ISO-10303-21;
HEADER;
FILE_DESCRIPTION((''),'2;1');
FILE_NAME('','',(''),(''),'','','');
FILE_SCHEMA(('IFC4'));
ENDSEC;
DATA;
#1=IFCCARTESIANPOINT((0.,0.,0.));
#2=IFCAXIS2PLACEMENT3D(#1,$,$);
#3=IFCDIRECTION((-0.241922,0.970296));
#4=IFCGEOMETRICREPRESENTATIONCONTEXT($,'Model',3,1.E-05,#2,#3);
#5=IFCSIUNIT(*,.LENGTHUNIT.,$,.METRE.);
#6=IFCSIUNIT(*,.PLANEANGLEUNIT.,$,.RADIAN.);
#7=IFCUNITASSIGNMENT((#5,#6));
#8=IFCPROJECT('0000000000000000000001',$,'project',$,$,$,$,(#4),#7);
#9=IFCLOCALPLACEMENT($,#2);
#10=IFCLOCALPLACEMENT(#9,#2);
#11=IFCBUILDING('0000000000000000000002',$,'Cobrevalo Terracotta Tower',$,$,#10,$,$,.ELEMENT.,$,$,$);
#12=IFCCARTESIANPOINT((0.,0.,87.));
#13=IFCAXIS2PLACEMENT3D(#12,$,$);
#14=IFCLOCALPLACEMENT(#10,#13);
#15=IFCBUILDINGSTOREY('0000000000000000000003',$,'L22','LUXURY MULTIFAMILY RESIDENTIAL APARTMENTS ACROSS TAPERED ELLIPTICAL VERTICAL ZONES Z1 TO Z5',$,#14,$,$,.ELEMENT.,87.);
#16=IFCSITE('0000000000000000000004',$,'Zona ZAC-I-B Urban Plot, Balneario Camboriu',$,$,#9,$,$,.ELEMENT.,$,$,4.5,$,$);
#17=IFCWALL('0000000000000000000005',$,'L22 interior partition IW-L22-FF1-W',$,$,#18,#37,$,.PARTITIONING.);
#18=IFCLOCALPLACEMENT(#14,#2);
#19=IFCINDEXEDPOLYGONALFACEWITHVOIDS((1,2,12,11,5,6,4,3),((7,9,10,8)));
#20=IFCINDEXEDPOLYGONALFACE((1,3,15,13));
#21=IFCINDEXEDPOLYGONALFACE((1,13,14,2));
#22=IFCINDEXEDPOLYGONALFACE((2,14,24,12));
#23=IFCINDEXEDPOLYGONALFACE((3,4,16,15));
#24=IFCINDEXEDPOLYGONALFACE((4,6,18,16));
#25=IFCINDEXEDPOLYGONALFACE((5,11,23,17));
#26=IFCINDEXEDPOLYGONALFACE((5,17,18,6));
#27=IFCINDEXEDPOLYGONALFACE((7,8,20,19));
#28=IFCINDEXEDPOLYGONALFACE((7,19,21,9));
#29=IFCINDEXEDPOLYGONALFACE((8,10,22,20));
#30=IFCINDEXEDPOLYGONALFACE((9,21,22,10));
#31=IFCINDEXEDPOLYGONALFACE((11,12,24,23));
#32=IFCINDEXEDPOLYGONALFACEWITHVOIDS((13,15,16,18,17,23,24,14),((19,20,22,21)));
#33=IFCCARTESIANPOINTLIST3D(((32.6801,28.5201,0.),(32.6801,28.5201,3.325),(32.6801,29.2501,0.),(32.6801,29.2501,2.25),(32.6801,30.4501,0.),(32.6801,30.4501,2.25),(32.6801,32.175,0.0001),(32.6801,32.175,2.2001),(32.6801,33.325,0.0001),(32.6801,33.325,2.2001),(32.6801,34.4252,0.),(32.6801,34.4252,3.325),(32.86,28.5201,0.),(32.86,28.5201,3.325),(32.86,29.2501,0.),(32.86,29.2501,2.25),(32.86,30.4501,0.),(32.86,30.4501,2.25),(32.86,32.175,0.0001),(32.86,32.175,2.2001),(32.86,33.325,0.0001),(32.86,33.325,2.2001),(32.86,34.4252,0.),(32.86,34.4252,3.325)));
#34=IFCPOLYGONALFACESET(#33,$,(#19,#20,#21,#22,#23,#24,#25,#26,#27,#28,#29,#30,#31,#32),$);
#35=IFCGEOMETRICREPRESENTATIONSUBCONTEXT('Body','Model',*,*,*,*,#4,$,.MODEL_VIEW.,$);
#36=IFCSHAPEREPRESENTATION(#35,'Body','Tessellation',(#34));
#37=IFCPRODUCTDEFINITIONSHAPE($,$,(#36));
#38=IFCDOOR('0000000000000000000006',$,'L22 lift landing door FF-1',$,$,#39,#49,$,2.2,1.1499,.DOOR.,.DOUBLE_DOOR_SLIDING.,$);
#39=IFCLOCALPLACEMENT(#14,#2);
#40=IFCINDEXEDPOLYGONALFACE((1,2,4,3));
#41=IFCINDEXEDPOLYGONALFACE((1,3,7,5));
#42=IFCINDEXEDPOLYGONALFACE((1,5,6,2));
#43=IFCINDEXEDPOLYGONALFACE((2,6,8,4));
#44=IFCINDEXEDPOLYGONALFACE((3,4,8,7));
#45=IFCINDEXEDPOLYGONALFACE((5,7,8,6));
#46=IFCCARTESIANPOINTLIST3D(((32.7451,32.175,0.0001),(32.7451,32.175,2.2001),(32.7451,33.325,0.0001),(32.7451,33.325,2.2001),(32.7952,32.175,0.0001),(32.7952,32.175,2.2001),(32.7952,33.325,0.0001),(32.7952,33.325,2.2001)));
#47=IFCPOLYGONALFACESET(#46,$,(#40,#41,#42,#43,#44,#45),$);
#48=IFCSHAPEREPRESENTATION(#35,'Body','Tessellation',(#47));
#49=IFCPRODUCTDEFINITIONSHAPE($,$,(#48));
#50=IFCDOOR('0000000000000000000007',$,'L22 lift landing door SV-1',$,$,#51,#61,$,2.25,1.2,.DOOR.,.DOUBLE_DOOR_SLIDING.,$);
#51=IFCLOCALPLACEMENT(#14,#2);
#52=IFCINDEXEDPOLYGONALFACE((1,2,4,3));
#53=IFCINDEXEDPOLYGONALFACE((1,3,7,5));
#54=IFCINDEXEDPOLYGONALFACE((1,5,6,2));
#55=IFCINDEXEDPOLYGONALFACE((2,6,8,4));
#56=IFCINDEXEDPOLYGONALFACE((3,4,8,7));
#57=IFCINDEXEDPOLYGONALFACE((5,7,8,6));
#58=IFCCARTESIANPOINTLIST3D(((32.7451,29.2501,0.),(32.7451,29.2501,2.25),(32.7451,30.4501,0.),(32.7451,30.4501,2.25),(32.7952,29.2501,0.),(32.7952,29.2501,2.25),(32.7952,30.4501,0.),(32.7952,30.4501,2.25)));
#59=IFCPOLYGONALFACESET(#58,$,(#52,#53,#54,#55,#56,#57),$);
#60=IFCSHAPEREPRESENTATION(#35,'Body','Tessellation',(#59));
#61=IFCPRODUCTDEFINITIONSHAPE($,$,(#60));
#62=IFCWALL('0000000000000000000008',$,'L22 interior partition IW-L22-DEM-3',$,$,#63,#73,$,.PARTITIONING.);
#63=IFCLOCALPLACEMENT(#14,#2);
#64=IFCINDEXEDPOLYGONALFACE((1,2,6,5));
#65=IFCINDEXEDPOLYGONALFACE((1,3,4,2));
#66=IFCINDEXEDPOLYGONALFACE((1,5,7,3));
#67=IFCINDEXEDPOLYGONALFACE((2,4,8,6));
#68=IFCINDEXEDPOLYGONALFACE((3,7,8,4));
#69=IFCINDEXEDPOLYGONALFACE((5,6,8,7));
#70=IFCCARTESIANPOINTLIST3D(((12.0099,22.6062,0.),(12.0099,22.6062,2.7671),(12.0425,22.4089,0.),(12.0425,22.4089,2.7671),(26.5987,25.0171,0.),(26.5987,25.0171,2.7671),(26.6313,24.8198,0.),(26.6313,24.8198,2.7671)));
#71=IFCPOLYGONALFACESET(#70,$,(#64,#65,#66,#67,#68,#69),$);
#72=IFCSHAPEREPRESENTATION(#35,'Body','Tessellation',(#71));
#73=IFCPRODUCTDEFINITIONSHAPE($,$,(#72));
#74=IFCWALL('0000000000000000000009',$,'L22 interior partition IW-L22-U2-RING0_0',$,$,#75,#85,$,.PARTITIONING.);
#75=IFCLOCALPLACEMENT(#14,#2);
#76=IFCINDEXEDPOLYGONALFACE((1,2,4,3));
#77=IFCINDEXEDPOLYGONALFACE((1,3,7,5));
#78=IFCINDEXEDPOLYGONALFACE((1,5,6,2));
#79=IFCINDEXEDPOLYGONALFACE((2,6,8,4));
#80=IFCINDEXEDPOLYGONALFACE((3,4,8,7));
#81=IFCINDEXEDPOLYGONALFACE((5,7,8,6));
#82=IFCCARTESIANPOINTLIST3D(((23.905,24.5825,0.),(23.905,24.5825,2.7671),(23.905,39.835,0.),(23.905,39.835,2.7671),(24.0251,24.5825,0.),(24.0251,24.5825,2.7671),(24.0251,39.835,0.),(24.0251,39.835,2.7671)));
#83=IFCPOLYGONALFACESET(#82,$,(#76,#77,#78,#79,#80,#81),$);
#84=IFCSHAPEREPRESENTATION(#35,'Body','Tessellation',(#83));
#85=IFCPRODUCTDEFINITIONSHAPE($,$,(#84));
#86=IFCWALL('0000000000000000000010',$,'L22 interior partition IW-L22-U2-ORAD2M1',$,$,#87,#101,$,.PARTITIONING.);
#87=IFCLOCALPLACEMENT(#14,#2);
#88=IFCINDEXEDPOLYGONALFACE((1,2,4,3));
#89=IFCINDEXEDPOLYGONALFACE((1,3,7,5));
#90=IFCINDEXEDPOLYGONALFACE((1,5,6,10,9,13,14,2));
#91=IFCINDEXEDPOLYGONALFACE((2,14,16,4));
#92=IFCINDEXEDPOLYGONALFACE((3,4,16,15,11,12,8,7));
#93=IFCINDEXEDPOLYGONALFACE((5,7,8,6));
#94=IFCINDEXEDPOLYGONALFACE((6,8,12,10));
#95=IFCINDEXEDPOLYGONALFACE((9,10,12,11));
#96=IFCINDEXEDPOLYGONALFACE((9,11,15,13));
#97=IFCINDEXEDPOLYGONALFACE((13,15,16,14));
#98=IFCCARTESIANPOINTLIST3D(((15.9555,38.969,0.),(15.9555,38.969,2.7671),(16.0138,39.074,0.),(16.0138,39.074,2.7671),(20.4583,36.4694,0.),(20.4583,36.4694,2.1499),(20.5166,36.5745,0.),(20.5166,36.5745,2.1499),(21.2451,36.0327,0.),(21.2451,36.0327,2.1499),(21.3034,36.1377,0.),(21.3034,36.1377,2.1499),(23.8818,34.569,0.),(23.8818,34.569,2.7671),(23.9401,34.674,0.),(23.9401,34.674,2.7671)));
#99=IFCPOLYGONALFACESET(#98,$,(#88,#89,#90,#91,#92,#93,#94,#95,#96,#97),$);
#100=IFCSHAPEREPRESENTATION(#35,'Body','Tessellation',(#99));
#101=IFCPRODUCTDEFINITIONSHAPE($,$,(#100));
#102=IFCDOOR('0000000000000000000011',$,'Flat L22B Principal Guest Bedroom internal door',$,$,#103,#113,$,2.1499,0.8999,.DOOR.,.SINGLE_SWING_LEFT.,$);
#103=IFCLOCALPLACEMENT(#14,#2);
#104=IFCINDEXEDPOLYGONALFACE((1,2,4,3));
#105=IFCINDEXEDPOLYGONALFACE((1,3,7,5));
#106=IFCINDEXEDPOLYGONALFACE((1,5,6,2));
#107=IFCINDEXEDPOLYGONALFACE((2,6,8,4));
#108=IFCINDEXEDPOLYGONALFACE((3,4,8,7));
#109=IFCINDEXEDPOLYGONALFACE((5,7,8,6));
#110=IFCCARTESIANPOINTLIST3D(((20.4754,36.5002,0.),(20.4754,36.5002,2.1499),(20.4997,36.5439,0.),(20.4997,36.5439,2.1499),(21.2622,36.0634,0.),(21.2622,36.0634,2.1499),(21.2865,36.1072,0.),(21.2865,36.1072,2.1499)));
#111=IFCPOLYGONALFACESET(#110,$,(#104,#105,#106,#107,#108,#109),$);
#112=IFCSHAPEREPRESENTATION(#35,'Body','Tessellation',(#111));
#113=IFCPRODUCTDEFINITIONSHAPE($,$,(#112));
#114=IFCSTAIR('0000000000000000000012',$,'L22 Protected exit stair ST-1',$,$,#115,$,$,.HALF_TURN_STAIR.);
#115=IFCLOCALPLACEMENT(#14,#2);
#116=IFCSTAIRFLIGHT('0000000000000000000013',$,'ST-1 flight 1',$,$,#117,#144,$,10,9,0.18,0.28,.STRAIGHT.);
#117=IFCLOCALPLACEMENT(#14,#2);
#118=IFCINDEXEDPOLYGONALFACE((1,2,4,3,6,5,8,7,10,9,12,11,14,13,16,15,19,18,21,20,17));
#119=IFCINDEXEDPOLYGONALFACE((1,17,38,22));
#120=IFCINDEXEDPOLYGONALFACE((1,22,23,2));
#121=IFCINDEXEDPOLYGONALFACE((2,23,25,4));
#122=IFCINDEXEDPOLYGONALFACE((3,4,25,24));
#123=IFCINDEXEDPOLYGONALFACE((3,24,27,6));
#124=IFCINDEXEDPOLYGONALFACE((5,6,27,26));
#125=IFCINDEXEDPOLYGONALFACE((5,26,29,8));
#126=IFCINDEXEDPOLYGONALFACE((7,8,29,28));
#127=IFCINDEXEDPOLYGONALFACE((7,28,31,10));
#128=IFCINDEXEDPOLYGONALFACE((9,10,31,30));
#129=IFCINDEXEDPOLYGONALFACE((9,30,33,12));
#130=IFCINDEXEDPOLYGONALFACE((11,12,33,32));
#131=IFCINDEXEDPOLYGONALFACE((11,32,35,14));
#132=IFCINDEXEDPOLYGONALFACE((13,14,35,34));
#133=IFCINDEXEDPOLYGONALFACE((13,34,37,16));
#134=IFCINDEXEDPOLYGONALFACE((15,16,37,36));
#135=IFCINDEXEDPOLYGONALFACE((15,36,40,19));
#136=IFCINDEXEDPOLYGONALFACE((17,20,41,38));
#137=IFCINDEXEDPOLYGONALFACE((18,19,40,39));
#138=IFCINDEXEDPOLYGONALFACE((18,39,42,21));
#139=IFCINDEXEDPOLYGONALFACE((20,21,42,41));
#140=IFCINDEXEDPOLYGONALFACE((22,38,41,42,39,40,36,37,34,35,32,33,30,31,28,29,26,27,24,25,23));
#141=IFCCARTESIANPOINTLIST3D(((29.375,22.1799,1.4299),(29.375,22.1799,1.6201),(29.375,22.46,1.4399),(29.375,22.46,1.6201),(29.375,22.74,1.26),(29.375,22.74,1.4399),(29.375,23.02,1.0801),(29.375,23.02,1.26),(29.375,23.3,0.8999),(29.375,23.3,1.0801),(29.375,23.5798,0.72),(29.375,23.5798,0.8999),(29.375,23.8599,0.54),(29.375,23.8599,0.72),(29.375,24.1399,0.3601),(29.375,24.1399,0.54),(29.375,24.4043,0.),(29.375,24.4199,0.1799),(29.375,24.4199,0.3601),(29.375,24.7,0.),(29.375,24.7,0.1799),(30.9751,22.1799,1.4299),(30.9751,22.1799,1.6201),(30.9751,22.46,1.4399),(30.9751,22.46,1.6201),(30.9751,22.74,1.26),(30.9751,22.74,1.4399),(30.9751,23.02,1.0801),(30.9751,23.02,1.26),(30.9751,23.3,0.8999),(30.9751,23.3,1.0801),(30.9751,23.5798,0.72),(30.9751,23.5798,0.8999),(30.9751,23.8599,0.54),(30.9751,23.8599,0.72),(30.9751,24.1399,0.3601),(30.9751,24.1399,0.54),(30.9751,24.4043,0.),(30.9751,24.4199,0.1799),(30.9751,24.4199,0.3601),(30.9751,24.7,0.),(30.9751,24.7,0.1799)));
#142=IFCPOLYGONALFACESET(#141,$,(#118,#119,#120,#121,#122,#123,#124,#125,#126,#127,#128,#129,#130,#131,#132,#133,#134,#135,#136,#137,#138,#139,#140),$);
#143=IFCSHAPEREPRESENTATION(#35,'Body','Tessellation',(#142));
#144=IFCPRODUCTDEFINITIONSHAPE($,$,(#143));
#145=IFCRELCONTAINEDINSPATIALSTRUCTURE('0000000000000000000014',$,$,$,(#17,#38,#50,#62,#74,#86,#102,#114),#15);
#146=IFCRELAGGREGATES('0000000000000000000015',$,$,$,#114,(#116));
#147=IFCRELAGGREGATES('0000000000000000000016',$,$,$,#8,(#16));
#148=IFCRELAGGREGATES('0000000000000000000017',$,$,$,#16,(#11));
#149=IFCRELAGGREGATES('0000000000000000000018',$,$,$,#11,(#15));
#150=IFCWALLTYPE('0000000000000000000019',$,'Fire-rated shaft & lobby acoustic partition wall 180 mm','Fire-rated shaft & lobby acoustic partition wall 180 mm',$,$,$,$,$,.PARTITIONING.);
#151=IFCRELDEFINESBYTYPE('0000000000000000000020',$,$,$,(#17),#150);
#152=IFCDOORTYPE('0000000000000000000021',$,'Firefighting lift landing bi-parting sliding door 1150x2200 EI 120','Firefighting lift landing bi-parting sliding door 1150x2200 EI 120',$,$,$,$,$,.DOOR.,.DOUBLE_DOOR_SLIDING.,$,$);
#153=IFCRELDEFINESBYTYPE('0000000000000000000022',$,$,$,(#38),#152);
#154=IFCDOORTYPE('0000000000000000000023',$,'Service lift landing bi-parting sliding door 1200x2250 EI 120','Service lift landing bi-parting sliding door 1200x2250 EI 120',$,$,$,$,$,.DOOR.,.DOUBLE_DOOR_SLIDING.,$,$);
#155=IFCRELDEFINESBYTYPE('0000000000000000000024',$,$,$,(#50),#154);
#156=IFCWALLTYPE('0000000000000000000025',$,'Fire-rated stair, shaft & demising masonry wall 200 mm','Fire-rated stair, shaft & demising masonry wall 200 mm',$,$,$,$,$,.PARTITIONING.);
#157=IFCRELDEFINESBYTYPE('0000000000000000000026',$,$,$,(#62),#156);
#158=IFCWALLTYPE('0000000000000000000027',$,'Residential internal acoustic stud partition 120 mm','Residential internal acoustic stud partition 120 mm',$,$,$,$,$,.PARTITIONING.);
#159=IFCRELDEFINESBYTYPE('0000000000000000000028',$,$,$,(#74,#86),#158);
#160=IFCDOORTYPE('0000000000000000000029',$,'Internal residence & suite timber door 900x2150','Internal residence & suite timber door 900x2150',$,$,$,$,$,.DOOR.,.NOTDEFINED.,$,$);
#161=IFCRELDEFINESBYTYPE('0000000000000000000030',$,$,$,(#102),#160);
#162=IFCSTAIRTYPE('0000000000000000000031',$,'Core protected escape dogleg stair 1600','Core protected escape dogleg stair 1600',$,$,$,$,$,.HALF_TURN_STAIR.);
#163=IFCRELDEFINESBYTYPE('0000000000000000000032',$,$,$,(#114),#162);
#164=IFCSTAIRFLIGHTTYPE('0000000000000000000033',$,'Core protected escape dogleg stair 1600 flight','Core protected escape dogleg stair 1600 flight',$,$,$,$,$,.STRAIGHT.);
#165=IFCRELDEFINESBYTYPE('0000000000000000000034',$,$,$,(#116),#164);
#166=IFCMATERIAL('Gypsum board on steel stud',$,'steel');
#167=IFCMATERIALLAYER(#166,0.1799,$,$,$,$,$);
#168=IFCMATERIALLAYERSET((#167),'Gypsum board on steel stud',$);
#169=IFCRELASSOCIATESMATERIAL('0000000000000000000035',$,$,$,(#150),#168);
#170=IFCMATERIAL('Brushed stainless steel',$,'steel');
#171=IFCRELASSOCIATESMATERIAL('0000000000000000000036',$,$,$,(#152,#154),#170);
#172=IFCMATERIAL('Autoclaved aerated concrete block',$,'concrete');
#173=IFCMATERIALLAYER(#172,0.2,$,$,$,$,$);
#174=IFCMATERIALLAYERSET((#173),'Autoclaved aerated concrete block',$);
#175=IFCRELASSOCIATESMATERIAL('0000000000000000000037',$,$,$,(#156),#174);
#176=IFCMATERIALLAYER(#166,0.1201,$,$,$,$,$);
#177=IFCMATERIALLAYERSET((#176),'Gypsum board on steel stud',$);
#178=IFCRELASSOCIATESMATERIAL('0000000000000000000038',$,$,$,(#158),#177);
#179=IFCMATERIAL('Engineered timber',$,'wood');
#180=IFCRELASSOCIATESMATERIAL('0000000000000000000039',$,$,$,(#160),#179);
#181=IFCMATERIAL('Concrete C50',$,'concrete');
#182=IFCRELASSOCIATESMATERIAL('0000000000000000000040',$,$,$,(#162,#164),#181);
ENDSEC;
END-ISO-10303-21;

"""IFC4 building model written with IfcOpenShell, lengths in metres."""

from ifc_helpers import new_model, si_unit, direction, frame, frame_2d, origin, place, context, subcontext, project, spatial, polyline, rectangle, outline, extrude, source, transform, mapped, material, layer, layer_set, type_object, element, fill, aggregate, save


model = new_model("IFC4")

# Units and contexts
model_context = context("Model", 3, precision=1e-05, world=origin(), true_north=direction((-0.241922, 0.970296)))
body_context = subcontext(model_context, "Body", "Model", "MODEL_VIEW")
ifc_project = project(units=[si_unit("LENGTHUNIT", "METRE"), si_unit("PLANEANGLEUNIT", "RADIAN")], contexts=[model_context])

# Site, building, storey
site_placement = place(None, origin())
site = spatial("IfcSite", under=ifc_project, at=site_placement, Name="Zona ZAC-I-B Urban Plot, Balneario Camboriu", CompositionType="ELEMENT", RefElevation=4.5)
building_placement = place(site_placement, origin())
building = spatial("IfcBuilding", under=site, at=building_placement, Name="Cobrevalo Terracotta Tower", CompositionType="ELEMENT")
storey_placement = place(building_placement, frame((0.0, 0.0, 87.0)))
storey = spatial("IfcBuildingStorey", under=building, at=storey_placement, Name="L22", Description="LUXURY MULTIFAMILY RESIDENTIAL APARTMENTS ACROSS TAPERED ELLIPTICAL VERTICAL ZONES Z1 TO Z5", CompositionType="ELEMENT", Elevation=87.0)

# Shared definitions
ifc_material_1 = material(Name="Gypsum board on steel stud", Category="steel")

# Shared definitions
ifc_layer_1 = layer(ifc_material_1, 0.1799)
ifc_layer_set_1 = layer_set([ifc_layer_1], Name="Gypsum board on steel stud")
wall_type_1 = type_object("IfcWallType", Name="Fire-rated shaft & lobby acoustic partition wall 180 mm", Description="Fire-rated shaft & lobby acoustic partition wall 180 mm", PredefinedType="PARTITIONING", material=ifc_layer_set_1)

# Wall, openings, doors
wall_1_placement = place(storey_placement, frame((32.77, 28.52, 0.0), z_axis=(0.0, 0.0, 1.0), x_axis=(0.0, 1.0, 0.0)))
wall_1 = element("IfcWall", 1, at=wall_1_placement, inside=storey, type_object=wall_type_1, Name="L22 interior partition IW-L22-FF1-W", PredefinedType="PARTITIONING", context=body_context, shape_type="SweptSolid", body=[
    extrude(rectangle(XDim=5.905, YDim=0.1799, at=frame_2d((2.9526, 0.0))), origin(), (0.0, 0.0, 1.0), 3.325),
])
opening_1_placement = place(wall_1_placement, frame((3.655, 0.0, 0.0)))
opening_1 = element("IfcOpeningElement", 2, at=opening_1_placement, cuts=wall_1, PredefinedType="OPENING", context=body_context, shape_type="SweptSolid", body=[
    extrude(rectangle(XDim=1.1499, YDim=2.2, at=frame_2d((0.575, 1.1001))), frame((0.0, 0.1001, 0.0), z_axis=(0.0, -1.0, 0.0), x_axis=(1.0, 0.0, 0.0)), (0.0, 0.0, 1.0), 0.2),
])
opening_2_placement = place(wall_1_placement, frame((0.73, 0.0, 0.0)))
opening_2 = element("IfcOpeningElement", 3, at=opening_2_placement, cuts=wall_1, PredefinedType="OPENING", context=body_context, shape_type="SweptSolid", body=[
    extrude(rectangle(XDim=1.2, YDim=2.25, at=frame_2d((0.6001, 1.125))), frame((0.0, 0.1001, 0.0), z_axis=(0.0, -1.0, 0.0), x_axis=(1.0, 0.0, 0.0)), (0.0, 0.0, 1.0), 0.2),
])
ifc_material_2 = material(Name="Brushed stainless steel", Category="steel")
door_type_1 = type_object("IfcDoorType", Name="Firefighting lift landing bi-parting sliding door 1150x2200 EI 120", Description="Firefighting lift landing bi-parting sliding door 1150x2200 EI 120", OperationType="DOUBLE_DOOR_SLIDING", PredefinedType="DOOR", material=ifc_material_2)
shared_shape_1 = source(origin(), body_context, "Body", "SweptSolid", [
    extrude(rectangle(XDim=1.1499, YDim=2.2, at=frame_2d((0.575, 1.1001))), frame((0.0, 0.0249, 0.0), z_axis=(0.0, -1.0, 0.0), x_axis=(1.0, 0.0, 0.0)), (0.0, 0.0, 1.0), 0.05),
])
door_1_placement = place(opening_1_placement, origin())
door_1 = element("IfcDoor", 4, at=door_1_placement, inside=storey, type_object=door_type_1, Name="L22 lift landing door FF-1", OperationType="DOUBLE_DOOR_SLIDING", OverallHeight=2.2, OverallWidth=1.1499, PredefinedType="DOOR", context=body_context, shape_type="MappedRepresentation", body=[
    mapped(shared_shape_1, transform((0.0, 0.0, 0.0), scale=1.0)),
])
fill(opening_1, door_1)
door_type_2 = type_object("IfcDoorType", Name="Service lift landing bi-parting sliding door 1200x2250 EI 120", Description="Service lift landing bi-parting sliding door 1200x2250 EI 120", OperationType="DOUBLE_DOOR_SLIDING", PredefinedType="DOOR", material=ifc_material_2)
shared_shape_2 = source(origin(), body_context, "Body", "SweptSolid", [
    extrude(rectangle(XDim=1.2, YDim=2.25, at=frame_2d((0.6001, 1.125))), frame((0.0, 0.0249, 0.0), z_axis=(0.0, -1.0, 0.0), x_axis=(1.0, 0.0, 0.0)), (0.0, 0.0, 1.0), 0.05),
])
door_2_placement = place(opening_2_placement, origin())
door_2 = element("IfcDoor", 5, at=door_2_placement, inside=storey, type_object=door_type_2, Name="L22 lift landing door SV-1", OperationType="DOUBLE_DOOR_SLIDING", OverallHeight=2.25, OverallWidth=1.2, PredefinedType="DOOR", context=body_context, shape_type="MappedRepresentation", body=[
    mapped(shared_shape_2, transform((0.0, 0.0, 0.0), scale=1.0)),
])
fill(opening_2, door_2)

# Walls
ifc_material_3 = material(Name="Autoclaved aerated concrete block", Category="concrete")
ifc_layer_2 = layer(ifc_material_3, 0.2)
ifc_layer_set_2 = layer_set([ifc_layer_2], Name="Autoclaved aerated concrete block")
wall_type_2 = type_object("IfcWallType", Name="Fire-rated stair, shaft & demising masonry wall 200 mm", Description="Fire-rated stair, shaft & demising masonry wall 200 mm", PredefinedType="PARTITIONING", material=ifc_layer_set_2)
wall_2_placement = place(storey_placement, frame((26.615, 24.9185, 0.0), z_axis=(0.0, 0.0, 1.0), x_axis=(-0.986619, -0.163044, 0.0)))
element("IfcWall", 6, at=wall_2_placement, inside=storey, type_object=wall_type_2, Name="L22 interior partition IW-L22-DEM-3", PredefinedType="PARTITIONING", context=body_context, shape_type="SweptSolid", body=[
    extrude(rectangle(XDim=14.7866, YDim=0.2, at=frame_2d((7.3933, 0.0))), origin(), (0.0, 0.0, 1.0), 2.7671),
])
ifc_layer_3 = layer(ifc_material_1, 0.1201)
ifc_layer_set_3 = layer_set([ifc_layer_3], Name="Gypsum board on steel stud")
wall_type_3 = type_object("IfcWallType", Name="Residential internal acoustic stud partition 120 mm", Description="Residential internal acoustic stud partition 120 mm", PredefinedType="PARTITIONING", material=ifc_layer_set_3)
wall_3_placement = place(storey_placement, frame((23.9651, 24.5825, 0.0), z_axis=(0.0, 0.0, 1.0), x_axis=(0.0, 1.0, 0.0)))
element("IfcWall", 7, at=wall_3_placement, inside=storey, type_object=wall_type_3, Name="L22 interior partition IW-L22-U2-RING0_0", PredefinedType="PARTITIONING", context=body_context, shape_type="SweptSolid", body=[
    extrude(rectangle(XDim=15.2524, YDim=0.1201, at=frame_2d((7.6262, 0.0))), origin(), (0.0, 0.0, 1.0), 2.7671),
])

# Wall, opening, door
wall_4_placement = place(storey_placement, frame((23.9109, 34.6216, 0.0), z_axis=(0.0, 0.0, 1.0), x_axis=(-0.874325, 0.485341, 0.0)))
wall_4 = element("IfcWall", 8, at=wall_4_placement, inside=storey, type_object=wall_type_3, Name="L22 interior partition IW-L22-U2-ORAD2M1", PredefinedType="PARTITIONING", context=body_context, shape_type="SweptSolid", body=[
    extrude(rectangle(XDim=9.0657, YDim=0.1201, at=frame_2d((4.5327, 0.0))), origin(), (0.0, 0.0, 1.0), 2.7671),
])
opening_3_placement = place(wall_4_placement, frame((3.0156, 0.0, 0.0)))
opening_3 = element("IfcOpeningElement", 9, at=opening_3_placement, cuts=wall_4, PredefinedType="OPENING", context=body_context, shape_type="SweptSolid", body=[
    extrude(rectangle(XDim=0.8999, YDim=2.1499, at=frame_2d((0.45, 1.075))), frame((0.0, 0.0701, 0.0), z_axis=(0.0, -1.0, 0.0), x_axis=(1.0, 0.0, 0.0)), (0.0, 0.0, 1.0), 0.1401),
])
ifc_material_4 = material(Name="Engineered timber", Category="wood")
door_type_3 = type_object("IfcDoorType", Name="Internal residence & suite timber door 900x2150", Description="Internal residence & suite timber door 900x2150", OperationType="NOTDEFINED", PredefinedType="DOOR", material=ifc_material_4)
shared_shape_3 = source(origin(), body_context, "Body", "SweptSolid", [
    extrude(rectangle(XDim=0.8999, YDim=2.1499, at=frame_2d((0.45, 1.075))), frame((0.0, 0.0249, 0.0), z_axis=(0.0, -1.0, 0.0), x_axis=(1.0, 0.0, 0.0)), (0.0, 0.0, 1.0), 0.05),
])
door_3_placement = place(opening_3_placement, origin())
door_3 = element("IfcDoor", 10, at=door_3_placement, inside=storey, type_object=door_type_3, Name="Flat L22B Principal Guest Bedroom internal door", OperationType="SINGLE_SWING_LEFT", OverallHeight=2.1499, OverallWidth=0.8999, PredefinedType="DOOR", context=body_context, shape_type="MappedRepresentation", body=[
    mapped(shared_shape_3, transform((0.0, 0.0, 0.0), scale=1.0)),
])
fill(opening_3, door_3)
ifc_material_5 = material(Name="Concrete C50", Category="concrete")

# Stair, stair flight
stair_type = type_object("IfcStairType", Name="Core protected escape dogleg stair 1600", Description="Core protected escape dogleg stair 1600", PredefinedType="HALF_TURN_STAIR", material=ifc_material_5)
stair_placement = place(storey_placement, origin())
stair = element("IfcStair", 11, at=stair_placement, inside=storey, type_object=stair_type, Name="L22 Protected exit stair ST-1", PredefinedType="HALF_TURN_STAIR")
stair_flight_type = type_object("IfcStairFlightType", Name="Core protected escape dogleg stair 1600 flight", Description="Core protected escape dogleg stair 1600 flight", PredefinedType="STRAIGHT", material=ifc_material_5)
stair_flight_placement = place(storey_placement, frame((30.175, 24.7, 0.0), z_axis=(0.0, 0.0, 1.0), x_axis=(0.0, -1.0, 0.0)))
stair_flight = element("IfcStairFlight", 12, at=stair_flight_placement, type_object=stair_flight_type, Name="ST-1 flight 1", NumberOfRisers=10, NumberOfTreads=9, PredefinedType="STRAIGHT", RiserHeight=0.18, TreadLength=0.28, context=body_context, shape_type="SweptSolid", body=[
    extrude(outline(polyline([(0.0, 0.0), (0.0, 0.1799), (0.28, 0.1799), (0.28, 0.3601), (0.5601, 0.3601), (0.5601, 0.54), (0.8401, 0.54), (0.8401, 0.72), (1.1201, 0.72), (1.1201, 0.8999), (1.3999, 0.8999), (1.3999, 1.0801), (1.6799, 1.0801), (1.6799, 1.26), (1.96, 1.26), (1.96, 1.4399), (2.24, 1.4399), (2.24, 1.6201), (2.52, 1.6201), (2.52, 1.8), (2.52, 1.4299), (0.2957, 0.0), (0.0, 0.0)])), frame((0.0, 0.8, 0.0), z_axis=(0.0, -1.0, 0.0), x_axis=(1.0, 0.0, 0.0)), (0.0, 0.0, 1.0), 1.6001),
])
aggregate(stair, [stair_flight])

save(model, "model.ifc")
